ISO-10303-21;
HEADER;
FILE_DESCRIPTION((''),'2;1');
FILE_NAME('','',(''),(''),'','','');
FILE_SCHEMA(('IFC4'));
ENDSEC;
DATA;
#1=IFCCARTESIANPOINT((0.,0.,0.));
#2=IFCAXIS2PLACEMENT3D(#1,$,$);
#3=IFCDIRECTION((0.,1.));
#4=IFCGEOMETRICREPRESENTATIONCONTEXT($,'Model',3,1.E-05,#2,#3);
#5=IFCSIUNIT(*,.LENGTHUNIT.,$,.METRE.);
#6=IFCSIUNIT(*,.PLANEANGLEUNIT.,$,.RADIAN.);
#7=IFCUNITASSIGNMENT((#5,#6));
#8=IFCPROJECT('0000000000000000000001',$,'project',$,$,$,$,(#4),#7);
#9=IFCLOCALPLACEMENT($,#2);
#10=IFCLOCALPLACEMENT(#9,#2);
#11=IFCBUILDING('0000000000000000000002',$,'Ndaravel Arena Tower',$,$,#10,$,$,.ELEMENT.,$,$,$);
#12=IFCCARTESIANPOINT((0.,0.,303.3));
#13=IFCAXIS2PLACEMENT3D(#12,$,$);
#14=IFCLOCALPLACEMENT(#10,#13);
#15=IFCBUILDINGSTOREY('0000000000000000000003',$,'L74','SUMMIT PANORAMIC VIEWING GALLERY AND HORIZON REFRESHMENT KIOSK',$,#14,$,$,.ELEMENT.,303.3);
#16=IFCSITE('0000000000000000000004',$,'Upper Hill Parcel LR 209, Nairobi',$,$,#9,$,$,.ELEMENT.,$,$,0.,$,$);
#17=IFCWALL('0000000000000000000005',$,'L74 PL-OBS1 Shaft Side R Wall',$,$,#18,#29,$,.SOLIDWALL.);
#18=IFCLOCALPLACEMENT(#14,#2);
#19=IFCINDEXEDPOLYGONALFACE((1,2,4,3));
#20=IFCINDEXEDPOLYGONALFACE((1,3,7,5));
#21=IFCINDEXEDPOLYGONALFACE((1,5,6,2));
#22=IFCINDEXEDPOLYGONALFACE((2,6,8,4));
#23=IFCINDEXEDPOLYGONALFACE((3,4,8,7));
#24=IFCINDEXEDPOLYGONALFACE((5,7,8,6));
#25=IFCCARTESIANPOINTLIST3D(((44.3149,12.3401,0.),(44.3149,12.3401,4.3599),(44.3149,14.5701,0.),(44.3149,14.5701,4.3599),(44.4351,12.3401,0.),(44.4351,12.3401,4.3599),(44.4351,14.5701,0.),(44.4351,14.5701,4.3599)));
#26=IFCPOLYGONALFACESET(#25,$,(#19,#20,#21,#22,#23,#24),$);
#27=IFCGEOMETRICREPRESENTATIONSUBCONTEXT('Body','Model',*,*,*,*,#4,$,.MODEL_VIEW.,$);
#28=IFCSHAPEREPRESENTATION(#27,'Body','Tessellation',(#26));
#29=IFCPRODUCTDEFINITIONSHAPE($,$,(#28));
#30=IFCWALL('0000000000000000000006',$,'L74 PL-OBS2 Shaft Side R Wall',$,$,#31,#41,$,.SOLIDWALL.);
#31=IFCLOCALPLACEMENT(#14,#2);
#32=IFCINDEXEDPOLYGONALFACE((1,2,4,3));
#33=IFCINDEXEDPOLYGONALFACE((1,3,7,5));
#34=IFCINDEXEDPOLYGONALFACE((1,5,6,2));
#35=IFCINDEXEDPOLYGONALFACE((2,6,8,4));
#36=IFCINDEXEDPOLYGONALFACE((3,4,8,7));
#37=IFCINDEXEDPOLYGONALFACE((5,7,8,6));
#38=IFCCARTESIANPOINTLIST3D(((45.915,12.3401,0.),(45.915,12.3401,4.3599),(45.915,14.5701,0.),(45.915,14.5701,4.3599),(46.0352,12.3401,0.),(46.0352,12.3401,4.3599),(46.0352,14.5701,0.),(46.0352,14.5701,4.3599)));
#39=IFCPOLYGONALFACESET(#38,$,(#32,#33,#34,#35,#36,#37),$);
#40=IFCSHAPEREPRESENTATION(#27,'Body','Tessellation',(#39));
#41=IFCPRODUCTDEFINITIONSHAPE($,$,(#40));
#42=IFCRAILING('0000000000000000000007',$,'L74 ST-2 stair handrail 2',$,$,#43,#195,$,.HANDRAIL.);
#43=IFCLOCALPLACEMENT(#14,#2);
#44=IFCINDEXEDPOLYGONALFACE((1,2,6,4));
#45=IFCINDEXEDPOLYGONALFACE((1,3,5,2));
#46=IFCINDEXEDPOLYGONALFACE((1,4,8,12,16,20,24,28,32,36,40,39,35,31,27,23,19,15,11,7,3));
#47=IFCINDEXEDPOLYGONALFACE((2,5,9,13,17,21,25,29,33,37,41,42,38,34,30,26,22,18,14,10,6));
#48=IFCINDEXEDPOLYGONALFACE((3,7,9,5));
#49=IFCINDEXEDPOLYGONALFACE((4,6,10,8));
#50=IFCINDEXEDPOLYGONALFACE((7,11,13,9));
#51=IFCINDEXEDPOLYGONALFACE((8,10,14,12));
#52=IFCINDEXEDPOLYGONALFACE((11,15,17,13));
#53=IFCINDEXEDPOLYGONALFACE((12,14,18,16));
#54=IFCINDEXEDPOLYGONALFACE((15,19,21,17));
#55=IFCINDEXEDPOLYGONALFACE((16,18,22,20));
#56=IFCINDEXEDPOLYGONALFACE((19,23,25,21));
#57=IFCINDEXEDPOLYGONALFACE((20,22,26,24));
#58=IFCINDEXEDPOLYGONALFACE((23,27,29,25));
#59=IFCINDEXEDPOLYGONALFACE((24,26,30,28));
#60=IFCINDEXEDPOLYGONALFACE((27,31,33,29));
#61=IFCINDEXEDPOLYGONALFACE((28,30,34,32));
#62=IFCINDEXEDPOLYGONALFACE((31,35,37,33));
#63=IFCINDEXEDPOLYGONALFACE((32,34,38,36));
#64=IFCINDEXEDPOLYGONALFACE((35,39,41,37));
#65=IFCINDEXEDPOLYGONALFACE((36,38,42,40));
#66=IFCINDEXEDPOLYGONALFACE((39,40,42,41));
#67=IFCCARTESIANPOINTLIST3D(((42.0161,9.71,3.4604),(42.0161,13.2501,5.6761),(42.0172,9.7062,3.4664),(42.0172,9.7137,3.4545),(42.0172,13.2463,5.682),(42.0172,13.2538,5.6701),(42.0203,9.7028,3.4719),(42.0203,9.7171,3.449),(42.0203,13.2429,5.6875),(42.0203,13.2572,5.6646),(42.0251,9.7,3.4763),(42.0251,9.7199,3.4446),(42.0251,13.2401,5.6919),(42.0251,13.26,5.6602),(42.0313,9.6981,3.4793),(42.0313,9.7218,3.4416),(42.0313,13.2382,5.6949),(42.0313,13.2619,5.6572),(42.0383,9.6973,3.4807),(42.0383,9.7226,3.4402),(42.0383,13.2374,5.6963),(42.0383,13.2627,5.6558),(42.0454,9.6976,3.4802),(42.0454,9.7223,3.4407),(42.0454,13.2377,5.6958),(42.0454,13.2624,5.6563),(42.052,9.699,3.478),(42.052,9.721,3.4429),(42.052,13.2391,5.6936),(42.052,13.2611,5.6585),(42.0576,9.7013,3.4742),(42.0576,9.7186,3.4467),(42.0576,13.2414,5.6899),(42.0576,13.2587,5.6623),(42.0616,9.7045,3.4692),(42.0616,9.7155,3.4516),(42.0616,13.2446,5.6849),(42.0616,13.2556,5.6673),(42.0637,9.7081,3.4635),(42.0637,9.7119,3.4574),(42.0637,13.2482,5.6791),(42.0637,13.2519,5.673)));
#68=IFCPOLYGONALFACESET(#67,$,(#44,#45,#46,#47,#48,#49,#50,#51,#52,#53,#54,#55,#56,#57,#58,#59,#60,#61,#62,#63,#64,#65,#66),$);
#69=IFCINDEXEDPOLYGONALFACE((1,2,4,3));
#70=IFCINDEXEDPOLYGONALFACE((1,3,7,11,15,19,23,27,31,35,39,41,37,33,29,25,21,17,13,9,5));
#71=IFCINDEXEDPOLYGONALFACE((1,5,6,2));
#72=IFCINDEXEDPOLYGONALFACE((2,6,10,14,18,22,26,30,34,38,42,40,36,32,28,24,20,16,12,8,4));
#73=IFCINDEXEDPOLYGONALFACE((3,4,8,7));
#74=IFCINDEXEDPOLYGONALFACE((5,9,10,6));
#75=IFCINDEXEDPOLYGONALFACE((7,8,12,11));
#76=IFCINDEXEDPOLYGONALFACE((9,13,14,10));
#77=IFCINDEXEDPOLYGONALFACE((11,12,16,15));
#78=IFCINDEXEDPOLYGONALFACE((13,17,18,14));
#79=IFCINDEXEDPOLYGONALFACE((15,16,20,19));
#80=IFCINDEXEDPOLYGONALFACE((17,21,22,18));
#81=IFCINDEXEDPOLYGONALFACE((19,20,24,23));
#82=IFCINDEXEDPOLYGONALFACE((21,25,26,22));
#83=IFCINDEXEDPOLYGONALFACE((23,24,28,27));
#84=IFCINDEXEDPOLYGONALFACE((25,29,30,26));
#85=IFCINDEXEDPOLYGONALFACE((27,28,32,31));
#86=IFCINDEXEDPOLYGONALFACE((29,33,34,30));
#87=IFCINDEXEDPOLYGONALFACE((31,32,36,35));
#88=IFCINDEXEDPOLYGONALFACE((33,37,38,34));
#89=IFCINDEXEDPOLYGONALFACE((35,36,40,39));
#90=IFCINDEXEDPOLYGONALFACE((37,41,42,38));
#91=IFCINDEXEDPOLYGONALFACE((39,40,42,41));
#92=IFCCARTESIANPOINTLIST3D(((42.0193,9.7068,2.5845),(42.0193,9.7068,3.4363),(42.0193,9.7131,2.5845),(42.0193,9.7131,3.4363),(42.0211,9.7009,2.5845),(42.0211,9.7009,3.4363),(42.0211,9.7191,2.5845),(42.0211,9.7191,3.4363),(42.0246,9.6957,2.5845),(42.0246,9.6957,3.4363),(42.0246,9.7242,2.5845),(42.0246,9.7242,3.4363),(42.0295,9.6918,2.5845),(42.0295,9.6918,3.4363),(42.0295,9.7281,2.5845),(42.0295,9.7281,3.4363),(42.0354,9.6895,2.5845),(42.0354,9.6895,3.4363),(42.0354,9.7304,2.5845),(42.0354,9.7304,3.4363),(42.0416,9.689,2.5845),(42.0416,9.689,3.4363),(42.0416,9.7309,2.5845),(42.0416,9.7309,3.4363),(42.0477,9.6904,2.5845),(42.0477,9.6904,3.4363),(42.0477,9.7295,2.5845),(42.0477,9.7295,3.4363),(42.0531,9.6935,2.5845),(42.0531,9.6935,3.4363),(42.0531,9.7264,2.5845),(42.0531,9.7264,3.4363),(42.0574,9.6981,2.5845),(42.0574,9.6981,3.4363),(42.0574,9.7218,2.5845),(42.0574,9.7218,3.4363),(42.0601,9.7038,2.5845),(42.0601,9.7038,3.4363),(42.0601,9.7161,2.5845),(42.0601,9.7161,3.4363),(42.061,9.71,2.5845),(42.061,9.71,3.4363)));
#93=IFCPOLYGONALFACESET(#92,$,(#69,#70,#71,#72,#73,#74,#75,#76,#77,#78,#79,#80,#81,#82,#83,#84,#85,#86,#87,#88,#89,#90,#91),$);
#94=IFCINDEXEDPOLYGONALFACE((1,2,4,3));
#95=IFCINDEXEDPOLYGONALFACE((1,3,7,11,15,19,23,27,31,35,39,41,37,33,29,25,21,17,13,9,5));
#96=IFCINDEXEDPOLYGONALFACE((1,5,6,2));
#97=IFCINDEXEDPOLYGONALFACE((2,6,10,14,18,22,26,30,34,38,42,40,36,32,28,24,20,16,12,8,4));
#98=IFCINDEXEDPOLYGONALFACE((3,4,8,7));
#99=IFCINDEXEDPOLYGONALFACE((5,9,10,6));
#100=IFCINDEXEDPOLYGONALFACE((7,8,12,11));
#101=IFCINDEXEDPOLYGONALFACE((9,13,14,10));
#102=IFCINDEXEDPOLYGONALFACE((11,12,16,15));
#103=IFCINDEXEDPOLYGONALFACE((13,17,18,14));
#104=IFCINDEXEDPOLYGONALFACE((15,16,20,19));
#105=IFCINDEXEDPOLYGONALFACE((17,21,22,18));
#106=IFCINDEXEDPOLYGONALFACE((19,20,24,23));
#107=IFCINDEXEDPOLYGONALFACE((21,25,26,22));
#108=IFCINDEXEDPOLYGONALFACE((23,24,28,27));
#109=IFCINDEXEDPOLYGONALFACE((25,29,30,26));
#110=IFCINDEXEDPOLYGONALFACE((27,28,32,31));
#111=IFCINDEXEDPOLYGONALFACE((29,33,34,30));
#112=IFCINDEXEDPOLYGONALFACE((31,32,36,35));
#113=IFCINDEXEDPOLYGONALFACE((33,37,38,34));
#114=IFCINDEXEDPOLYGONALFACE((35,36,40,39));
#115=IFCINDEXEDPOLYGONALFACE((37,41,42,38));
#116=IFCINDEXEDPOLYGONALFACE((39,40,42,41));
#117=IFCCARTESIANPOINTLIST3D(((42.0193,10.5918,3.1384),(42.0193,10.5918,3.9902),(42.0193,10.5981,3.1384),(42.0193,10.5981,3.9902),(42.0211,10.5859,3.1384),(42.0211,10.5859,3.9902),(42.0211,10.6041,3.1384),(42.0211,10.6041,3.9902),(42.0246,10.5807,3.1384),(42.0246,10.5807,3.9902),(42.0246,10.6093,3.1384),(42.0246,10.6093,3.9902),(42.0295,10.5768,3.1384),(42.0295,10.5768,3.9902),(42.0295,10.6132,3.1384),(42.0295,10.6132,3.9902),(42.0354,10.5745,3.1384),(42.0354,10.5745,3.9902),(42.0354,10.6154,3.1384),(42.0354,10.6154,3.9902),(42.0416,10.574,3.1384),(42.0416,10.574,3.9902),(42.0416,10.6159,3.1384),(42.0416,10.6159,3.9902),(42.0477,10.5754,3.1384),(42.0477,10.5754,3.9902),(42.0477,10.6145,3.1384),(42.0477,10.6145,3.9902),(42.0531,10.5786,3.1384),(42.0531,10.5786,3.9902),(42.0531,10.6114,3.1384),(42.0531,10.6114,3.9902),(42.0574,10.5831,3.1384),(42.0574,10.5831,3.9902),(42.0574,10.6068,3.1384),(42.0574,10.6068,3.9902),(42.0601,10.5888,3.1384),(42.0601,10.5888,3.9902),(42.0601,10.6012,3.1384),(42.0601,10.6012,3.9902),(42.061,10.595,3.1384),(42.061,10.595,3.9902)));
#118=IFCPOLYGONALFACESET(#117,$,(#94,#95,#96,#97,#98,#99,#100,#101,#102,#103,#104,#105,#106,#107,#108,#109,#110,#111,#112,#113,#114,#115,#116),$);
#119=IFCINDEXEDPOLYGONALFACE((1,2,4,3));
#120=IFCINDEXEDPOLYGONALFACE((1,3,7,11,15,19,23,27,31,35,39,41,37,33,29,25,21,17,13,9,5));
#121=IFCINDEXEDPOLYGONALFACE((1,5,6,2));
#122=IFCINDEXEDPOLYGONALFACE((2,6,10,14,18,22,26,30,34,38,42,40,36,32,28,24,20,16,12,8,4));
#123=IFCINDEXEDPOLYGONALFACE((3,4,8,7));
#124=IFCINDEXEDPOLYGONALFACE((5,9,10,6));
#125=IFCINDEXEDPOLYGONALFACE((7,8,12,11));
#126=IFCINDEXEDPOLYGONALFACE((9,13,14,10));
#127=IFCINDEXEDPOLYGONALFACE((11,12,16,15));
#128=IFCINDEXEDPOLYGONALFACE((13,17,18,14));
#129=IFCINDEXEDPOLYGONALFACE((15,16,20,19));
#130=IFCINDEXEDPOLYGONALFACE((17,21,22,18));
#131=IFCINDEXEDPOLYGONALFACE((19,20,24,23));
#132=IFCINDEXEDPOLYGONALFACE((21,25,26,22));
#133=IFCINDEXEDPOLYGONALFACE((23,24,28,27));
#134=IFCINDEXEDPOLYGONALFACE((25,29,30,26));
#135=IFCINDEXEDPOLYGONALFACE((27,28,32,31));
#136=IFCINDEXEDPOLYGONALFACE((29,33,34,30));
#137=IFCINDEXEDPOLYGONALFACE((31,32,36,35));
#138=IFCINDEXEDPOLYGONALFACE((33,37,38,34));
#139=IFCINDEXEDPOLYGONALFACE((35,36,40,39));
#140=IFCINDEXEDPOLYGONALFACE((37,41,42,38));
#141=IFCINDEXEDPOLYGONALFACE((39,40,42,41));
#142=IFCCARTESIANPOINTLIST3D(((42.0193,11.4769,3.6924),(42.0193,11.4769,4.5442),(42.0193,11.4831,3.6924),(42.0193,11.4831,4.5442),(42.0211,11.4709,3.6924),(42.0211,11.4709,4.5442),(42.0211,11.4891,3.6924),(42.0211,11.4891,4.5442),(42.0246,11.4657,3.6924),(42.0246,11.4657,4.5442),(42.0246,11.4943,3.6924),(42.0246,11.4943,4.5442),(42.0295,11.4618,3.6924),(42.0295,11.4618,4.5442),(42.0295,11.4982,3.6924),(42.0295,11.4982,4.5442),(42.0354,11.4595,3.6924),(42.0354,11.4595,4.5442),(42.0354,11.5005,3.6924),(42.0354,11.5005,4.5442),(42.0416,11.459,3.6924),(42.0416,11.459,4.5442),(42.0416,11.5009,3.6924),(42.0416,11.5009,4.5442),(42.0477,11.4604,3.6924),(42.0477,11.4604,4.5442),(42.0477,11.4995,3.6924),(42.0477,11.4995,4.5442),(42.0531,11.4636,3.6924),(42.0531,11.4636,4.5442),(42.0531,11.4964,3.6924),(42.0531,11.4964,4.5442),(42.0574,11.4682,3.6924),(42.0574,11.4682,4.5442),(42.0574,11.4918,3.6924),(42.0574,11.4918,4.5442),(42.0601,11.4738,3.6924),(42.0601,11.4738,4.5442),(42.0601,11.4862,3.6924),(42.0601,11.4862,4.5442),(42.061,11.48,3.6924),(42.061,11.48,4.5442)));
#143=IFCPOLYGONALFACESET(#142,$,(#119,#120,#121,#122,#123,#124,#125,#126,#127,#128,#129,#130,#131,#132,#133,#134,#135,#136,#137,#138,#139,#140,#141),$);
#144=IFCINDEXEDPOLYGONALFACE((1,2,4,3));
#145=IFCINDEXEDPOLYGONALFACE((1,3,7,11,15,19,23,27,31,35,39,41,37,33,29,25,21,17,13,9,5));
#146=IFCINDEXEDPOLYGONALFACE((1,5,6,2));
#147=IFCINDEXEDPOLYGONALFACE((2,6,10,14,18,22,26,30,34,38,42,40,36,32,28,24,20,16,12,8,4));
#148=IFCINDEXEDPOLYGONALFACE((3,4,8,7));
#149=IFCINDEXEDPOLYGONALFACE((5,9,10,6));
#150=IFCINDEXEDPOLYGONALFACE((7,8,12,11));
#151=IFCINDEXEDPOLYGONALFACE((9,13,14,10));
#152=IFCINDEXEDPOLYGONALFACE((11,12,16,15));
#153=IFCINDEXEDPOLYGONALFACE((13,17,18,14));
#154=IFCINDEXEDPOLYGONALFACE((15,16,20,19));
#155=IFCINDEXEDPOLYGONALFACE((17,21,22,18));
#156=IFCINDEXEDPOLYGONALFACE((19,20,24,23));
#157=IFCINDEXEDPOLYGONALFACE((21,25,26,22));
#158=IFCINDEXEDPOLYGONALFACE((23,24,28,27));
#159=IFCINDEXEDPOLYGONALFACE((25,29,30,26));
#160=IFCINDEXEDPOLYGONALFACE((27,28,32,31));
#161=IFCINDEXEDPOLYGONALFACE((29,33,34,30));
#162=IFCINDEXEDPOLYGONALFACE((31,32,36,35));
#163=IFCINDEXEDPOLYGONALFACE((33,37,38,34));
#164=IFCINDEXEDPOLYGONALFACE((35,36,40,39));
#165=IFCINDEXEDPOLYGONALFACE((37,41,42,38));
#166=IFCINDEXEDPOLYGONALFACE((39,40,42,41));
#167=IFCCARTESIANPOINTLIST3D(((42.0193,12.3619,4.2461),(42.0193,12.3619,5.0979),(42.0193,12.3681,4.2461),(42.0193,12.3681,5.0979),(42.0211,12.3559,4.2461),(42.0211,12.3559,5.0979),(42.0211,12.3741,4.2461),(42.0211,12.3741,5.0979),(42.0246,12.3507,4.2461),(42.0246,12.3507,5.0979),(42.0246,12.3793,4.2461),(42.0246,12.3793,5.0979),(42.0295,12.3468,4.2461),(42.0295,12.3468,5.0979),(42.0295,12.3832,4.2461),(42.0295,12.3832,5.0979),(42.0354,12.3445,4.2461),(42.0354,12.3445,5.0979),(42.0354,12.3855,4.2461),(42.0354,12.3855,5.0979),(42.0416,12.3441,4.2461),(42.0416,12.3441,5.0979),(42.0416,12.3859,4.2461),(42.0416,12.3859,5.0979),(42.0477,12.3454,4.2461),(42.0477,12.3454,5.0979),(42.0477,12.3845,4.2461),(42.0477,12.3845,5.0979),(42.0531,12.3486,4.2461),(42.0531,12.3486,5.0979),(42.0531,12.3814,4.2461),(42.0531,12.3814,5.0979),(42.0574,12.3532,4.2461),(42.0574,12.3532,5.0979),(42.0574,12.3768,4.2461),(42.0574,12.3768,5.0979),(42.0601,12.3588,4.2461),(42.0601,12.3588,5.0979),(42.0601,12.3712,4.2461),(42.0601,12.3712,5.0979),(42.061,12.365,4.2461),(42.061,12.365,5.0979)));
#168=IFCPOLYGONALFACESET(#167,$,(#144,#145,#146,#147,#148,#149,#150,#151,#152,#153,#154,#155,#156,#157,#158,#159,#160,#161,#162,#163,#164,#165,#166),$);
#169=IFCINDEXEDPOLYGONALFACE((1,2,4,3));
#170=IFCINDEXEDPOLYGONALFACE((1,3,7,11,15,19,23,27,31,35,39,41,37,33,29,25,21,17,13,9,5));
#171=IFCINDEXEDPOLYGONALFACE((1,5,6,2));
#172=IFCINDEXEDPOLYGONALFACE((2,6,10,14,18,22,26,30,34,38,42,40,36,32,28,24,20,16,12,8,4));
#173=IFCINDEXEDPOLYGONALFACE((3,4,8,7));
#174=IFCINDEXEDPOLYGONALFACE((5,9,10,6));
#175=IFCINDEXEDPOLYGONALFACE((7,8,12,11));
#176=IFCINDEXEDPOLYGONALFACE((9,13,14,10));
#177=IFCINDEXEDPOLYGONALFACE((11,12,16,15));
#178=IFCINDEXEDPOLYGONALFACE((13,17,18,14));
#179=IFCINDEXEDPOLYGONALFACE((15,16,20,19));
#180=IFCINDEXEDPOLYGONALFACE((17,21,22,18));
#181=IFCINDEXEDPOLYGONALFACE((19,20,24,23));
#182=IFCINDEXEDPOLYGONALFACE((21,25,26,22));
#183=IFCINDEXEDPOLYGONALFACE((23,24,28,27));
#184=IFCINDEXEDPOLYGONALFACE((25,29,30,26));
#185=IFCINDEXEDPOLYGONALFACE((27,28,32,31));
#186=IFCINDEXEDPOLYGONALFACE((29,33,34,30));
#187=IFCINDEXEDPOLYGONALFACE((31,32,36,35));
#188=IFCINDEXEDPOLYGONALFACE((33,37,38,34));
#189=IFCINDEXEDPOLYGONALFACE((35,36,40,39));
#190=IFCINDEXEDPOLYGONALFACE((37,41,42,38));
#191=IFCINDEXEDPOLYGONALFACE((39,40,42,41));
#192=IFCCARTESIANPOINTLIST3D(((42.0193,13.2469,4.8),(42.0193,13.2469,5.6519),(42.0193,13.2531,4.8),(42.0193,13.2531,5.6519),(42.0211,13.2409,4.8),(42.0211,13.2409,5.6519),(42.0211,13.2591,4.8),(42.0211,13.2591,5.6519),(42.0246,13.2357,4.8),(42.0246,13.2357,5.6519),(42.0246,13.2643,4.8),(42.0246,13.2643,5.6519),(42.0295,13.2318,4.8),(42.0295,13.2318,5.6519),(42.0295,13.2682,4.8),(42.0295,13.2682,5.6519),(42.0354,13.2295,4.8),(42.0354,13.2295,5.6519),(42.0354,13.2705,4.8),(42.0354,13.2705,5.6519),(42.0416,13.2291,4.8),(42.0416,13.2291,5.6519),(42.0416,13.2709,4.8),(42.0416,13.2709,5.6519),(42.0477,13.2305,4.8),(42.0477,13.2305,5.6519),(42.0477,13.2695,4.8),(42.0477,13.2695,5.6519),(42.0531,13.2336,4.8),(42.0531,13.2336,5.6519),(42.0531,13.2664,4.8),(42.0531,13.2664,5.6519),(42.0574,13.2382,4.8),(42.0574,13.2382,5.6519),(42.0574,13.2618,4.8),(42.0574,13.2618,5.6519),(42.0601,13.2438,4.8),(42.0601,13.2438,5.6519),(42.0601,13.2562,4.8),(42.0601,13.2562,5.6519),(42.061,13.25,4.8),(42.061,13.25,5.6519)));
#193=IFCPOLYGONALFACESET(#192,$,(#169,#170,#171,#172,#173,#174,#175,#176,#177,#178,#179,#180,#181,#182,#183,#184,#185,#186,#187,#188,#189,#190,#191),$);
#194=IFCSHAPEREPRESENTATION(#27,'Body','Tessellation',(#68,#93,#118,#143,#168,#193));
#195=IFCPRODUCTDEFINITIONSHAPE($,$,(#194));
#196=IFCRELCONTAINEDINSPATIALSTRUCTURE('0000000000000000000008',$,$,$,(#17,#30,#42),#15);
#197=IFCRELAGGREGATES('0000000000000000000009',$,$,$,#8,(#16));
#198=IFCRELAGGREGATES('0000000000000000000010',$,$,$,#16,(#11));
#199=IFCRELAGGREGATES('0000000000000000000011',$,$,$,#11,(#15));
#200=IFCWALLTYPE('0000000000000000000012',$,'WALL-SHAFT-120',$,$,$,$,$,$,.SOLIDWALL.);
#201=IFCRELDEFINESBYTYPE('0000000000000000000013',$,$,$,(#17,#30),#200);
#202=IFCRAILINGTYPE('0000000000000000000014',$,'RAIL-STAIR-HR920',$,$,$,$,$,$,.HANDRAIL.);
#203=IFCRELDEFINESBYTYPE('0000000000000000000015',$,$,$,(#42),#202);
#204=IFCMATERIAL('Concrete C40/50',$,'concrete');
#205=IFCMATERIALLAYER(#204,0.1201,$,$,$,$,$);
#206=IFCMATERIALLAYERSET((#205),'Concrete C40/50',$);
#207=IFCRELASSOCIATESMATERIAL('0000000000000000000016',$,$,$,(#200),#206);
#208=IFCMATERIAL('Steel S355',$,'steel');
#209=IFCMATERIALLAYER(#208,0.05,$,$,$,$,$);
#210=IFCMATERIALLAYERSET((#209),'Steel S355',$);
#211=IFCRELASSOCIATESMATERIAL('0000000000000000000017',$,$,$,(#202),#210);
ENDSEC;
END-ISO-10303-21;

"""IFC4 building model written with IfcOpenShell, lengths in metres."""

from ifc_helpers import new_model, si_unit, direction, frame, frame_2d, origin, origin_2d, place, context, subcontext, project, spatial, rectangle, circle, extrude, material, layer, layer_set, type_object, element, save


model = new_model("IFC4")

# Units and contexts
model_context = context("Model", 3, precision=1e-05, world=origin(), true_north=direction((0.0, 1.0)))
body_context = subcontext(model_context, "Body", "Model", "MODEL_VIEW")
ifc_project = project(units=[si_unit("LENGTHUNIT", "METRE"), si_unit("PLANEANGLEUNIT", "RADIAN")], contexts=[model_context])

# Site, building, storey
site_placement = place(None, origin())
site = spatial("IfcSite", under=ifc_project, at=site_placement, Name="Upper Hill Parcel LR 209, Nairobi", CompositionType="ELEMENT", RefElevation=0.0)
building_placement = place(site_placement, origin())
building = spatial("IfcBuilding", under=site, at=building_placement, Name="Ndaravel Arena Tower", CompositionType="ELEMENT")
storey_placement = place(building_placement, frame((0.0, 0.0, 303.3)))
storey = spatial("IfcBuildingStorey", under=building, at=storey_placement, Name="L74", Description="SUMMIT PANORAMIC VIEWING GALLERY AND HORIZON REFRESHMENT KIOSK", CompositionType="ELEMENT", Elevation=303.3)

# Walls
ifc_material_1 = material(Name="Concrete C40/50", Category="concrete")
ifc_layer_1 = layer(ifc_material_1, 0.1201)
ifc_layer_set_1 = layer_set([ifc_layer_1], Name="Concrete C40/50")
wall_type_1 = type_object("IfcWallType", Name="WALL-SHAFT-120", PredefinedType="SOLIDWALL", material=ifc_layer_set_1)
for number, where, z_axis, x_axis, name in (
    (1, (44.375, 12.3401, 0.0), (0.0, 0.0, 1.0), (0.0, 1.0, 0.0), "L74 PL-OBS1 Shaft Side R Wall"),
    (2, (45.9751, 12.3401, 0.0), (0.0, 0.0, 1.0), (0.0, 1.0, 0.0), "L74 PL-OBS2 Shaft Side R Wall"),
):
    element("IfcWall", number, at=place(storey_placement, frame(where, z_axis=z_axis, x_axis=x_axis)), inside=storey, type_object=wall_type_1, Name=name, PredefinedType="SOLIDWALL", context=body_context, shape_type="SweptSolid", body=[
        extrude(rectangle(XDim=2.23, YDim=0.1201, at=frame_2d((1.115, 0.0))), origin(), (0.0, 0.0, 1.0), 4.3599),
    ])

# Railing
ifc_material_2 = material(Name="Steel S355", Category="steel")
ifc_layer_2 = layer(ifc_material_2, 0.05)
ifc_layer_set_2 = layer_set([ifc_layer_2], Name="Steel S355")
railing_type = type_object("IfcRailingType", Name="RAIL-STAIR-HR920", PredefinedType="HANDRAIL", material=ifc_layer_set_2)
railing_placement = place(storey_placement, frame((42.04, 9.71, 2.5845)))
element("IfcRailing", 3, at=railing_placement, inside=storey, type_object=railing_type, Name="L74 ST-2 stair handrail 2", PredefinedType="HANDRAIL", context=body_context, shape_type="SweptSolid", body=[
    extrude(circle(Radius=0.0239, at=origin_2d()), frame((0.0, 0.0, 0.876), z_axis=(0.0, 0.84767, 0.530524), x_axis=(-1.0, 0.0, 0.0)), (0.0, 0.0, 1.0), 4.1763),
    extrude(circle(Radius=0.021, at=origin_2d()), origin(), (0.0, 0.0, 1.0), 0.8518),
    extrude(circle(Radius=0.021, at=origin_2d()), frame((0.0, 0.885, 0.554)), (0.0, 0.0, 1.0), 0.8518),
    extrude(circle(Radius=0.021, at=origin_2d()), frame((0.0, 1.77, 1.1079)), (0.0, 0.0, 1.0), 0.8518),
    extrude(circle(Radius=0.021, at=origin_2d()), frame((0.0, 2.655, 1.6616)), (0.0, 0.0, 1.0), 0.8518),
    extrude(circle(Radius=0.021, at=origin_2d()), frame((0.0, 3.54, 2.2156)), (0.0, 0.0, 1.0), 0.8518),
])

save(model, "model.ifc")
